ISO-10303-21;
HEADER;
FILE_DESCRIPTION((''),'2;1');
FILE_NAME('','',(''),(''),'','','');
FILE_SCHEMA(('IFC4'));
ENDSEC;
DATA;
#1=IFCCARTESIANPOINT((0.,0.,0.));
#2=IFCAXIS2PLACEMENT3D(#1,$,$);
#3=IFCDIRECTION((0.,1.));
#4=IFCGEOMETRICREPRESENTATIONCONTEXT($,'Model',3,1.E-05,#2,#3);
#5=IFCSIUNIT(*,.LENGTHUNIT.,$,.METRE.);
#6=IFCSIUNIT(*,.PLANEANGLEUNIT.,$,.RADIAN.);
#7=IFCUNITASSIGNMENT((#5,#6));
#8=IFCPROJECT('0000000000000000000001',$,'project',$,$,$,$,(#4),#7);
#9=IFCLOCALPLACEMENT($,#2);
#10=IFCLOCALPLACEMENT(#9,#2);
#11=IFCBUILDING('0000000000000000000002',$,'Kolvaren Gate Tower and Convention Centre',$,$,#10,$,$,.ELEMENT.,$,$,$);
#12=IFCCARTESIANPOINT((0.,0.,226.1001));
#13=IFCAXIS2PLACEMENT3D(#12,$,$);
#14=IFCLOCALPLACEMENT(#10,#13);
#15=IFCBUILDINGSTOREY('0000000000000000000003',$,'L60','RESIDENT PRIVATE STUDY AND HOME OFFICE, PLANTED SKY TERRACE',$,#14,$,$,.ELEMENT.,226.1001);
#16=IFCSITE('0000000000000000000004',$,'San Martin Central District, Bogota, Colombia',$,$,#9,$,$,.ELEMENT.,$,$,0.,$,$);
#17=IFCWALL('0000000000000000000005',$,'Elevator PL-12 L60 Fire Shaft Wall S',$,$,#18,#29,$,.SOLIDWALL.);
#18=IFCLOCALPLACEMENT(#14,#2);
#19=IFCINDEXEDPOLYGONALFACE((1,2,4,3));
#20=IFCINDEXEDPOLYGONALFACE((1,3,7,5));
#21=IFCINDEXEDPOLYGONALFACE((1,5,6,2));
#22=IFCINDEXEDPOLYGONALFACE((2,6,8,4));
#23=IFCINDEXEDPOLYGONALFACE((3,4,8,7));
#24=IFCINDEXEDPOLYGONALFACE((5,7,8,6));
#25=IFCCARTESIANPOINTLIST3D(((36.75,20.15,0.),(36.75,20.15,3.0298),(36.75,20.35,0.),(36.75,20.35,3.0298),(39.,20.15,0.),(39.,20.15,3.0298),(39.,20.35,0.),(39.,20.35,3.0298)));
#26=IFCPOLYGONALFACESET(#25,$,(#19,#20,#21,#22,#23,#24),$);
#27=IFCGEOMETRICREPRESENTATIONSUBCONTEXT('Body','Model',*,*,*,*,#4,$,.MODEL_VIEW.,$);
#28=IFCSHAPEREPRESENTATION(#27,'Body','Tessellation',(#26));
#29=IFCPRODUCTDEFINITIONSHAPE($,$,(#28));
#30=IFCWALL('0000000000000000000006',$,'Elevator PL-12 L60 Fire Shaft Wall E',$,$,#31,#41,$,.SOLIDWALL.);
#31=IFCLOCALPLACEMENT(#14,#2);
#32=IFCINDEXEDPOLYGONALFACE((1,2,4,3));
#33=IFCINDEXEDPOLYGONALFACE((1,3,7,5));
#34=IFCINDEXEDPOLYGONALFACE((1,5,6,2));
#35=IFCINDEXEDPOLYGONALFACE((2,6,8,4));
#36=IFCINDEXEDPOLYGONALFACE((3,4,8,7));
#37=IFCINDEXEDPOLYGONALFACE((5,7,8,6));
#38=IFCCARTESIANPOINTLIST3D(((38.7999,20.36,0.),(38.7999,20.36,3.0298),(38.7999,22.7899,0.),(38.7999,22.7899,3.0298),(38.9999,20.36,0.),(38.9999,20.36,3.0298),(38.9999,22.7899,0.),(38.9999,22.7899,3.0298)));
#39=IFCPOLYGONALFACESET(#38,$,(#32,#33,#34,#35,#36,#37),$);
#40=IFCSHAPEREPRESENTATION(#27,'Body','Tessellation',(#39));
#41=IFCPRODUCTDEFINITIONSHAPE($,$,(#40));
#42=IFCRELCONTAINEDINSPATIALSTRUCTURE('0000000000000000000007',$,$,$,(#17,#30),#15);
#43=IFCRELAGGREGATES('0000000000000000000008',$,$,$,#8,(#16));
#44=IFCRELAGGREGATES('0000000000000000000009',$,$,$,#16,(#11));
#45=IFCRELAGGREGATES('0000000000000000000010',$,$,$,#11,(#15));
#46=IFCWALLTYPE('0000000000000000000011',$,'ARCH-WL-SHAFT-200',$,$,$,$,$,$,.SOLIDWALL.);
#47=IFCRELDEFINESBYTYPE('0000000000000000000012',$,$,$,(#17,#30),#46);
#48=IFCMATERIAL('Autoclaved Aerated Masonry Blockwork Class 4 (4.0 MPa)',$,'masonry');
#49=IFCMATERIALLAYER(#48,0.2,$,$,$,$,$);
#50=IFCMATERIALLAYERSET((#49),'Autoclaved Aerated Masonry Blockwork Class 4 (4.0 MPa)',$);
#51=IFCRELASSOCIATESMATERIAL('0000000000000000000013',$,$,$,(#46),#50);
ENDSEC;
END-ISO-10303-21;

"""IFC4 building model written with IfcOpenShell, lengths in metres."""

from ifc_helpers import new_model, si_unit, direction, frame, frame_2d, origin, place, context, subcontext, project, spatial, rectangle, extrude, material, layer, layer_set, type_object, element, save


model = new_model("IFC4")

# Units and contexts
model_context = context("Model", 3, precision=1e-05, world=origin(), true_north=direction((0.0, 1.0)))
body_context = subcontext(model_context, "Body", "Model", "MODEL_VIEW")
ifc_project = project(units=[si_unit("LENGTHUNIT", "METRE"), si_unit("PLANEANGLEUNIT", "RADIAN")], contexts=[model_context])

# Site, building, storey
site_placement = place(None, origin())
site = spatial("IfcSite", under=ifc_project, at=site_placement, Name="San Martin Central District, Bogota, Colombia", CompositionType="ELEMENT", RefElevation=0.0)
building_placement = place(site_placement, origin())
building = spatial("IfcBuilding", under=site, at=building_placement, Name="Kolvaren Gate Tower and Convention Centre", CompositionType="ELEMENT")
storey_placement = place(building_placement, frame((0.0, 0.0, 226.1001)))
storey = spatial("IfcBuildingStorey", under=building, at=storey_placement, Name="L60", Description="RESIDENT PRIVATE STUDY AND HOME OFFICE, PLANTED SKY TERRACE", CompositionType="ELEMENT", Elevation=226.1001)

# Shared definitions
ifc_material_1 = material(Name="Autoclaved Aerated Masonry Blockwork Class 4 (4.0 MPa)", Category="masonry")

# Walls
ifc_layer_1 = layer(ifc_material_1, 0.2)
ifc_layer_set_1 = layer_set([ifc_layer_1], Name="Autoclaved Aerated Masonry Blockwork Class 4 (4.0 MPa)")
wall_type_1 = type_object("IfcWallType", Name="ARCH-WL-SHAFT-200", PredefinedType="SOLIDWALL", material=ifc_layer_set_1)
wall_1_placement = place(storey_placement, frame((36.75, 20.25, 0.0), z_axis=(0.0, 0.0, 1.0), x_axis=(1.0, 0.0, 0.0)))
element("IfcWall", 1, at=wall_1_placement, inside=storey, type_object=wall_type_1, Name="Elevator PL-12 L60 Fire Shaft Wall S", PredefinedType="SOLIDWALL", context=body_context, shape_type="SweptSolid", body=[
    extrude(rectangle(XDim=2.25, YDim=0.2, at=frame_2d((1.125, 0.0))), origin(), (0.0, 0.0, 1.0), 3.0298),
])
wall_2_placement = place(storey_placement, frame((38.8999, 20.3601, 0.0), z_axis=(0.0, 0.0, 1.0), x_axis=(0.0, 1.0, 0.0)))
element("IfcWall", 2, at=wall_2_placement, inside=storey, type_object=wall_type_1, Name="Elevator PL-12 L60 Fire Shaft Wall E", PredefinedType="SOLIDWALL", context=body_context, shape_type="SweptSolid", body=[
    extrude(rectangle(XDim=2.4299, YDim=0.2, at=frame_2d((1.2148, 0.0))), origin(), (0.0, 0.0, 1.0), 3.0298),
])

save(model, "model.ifc")
